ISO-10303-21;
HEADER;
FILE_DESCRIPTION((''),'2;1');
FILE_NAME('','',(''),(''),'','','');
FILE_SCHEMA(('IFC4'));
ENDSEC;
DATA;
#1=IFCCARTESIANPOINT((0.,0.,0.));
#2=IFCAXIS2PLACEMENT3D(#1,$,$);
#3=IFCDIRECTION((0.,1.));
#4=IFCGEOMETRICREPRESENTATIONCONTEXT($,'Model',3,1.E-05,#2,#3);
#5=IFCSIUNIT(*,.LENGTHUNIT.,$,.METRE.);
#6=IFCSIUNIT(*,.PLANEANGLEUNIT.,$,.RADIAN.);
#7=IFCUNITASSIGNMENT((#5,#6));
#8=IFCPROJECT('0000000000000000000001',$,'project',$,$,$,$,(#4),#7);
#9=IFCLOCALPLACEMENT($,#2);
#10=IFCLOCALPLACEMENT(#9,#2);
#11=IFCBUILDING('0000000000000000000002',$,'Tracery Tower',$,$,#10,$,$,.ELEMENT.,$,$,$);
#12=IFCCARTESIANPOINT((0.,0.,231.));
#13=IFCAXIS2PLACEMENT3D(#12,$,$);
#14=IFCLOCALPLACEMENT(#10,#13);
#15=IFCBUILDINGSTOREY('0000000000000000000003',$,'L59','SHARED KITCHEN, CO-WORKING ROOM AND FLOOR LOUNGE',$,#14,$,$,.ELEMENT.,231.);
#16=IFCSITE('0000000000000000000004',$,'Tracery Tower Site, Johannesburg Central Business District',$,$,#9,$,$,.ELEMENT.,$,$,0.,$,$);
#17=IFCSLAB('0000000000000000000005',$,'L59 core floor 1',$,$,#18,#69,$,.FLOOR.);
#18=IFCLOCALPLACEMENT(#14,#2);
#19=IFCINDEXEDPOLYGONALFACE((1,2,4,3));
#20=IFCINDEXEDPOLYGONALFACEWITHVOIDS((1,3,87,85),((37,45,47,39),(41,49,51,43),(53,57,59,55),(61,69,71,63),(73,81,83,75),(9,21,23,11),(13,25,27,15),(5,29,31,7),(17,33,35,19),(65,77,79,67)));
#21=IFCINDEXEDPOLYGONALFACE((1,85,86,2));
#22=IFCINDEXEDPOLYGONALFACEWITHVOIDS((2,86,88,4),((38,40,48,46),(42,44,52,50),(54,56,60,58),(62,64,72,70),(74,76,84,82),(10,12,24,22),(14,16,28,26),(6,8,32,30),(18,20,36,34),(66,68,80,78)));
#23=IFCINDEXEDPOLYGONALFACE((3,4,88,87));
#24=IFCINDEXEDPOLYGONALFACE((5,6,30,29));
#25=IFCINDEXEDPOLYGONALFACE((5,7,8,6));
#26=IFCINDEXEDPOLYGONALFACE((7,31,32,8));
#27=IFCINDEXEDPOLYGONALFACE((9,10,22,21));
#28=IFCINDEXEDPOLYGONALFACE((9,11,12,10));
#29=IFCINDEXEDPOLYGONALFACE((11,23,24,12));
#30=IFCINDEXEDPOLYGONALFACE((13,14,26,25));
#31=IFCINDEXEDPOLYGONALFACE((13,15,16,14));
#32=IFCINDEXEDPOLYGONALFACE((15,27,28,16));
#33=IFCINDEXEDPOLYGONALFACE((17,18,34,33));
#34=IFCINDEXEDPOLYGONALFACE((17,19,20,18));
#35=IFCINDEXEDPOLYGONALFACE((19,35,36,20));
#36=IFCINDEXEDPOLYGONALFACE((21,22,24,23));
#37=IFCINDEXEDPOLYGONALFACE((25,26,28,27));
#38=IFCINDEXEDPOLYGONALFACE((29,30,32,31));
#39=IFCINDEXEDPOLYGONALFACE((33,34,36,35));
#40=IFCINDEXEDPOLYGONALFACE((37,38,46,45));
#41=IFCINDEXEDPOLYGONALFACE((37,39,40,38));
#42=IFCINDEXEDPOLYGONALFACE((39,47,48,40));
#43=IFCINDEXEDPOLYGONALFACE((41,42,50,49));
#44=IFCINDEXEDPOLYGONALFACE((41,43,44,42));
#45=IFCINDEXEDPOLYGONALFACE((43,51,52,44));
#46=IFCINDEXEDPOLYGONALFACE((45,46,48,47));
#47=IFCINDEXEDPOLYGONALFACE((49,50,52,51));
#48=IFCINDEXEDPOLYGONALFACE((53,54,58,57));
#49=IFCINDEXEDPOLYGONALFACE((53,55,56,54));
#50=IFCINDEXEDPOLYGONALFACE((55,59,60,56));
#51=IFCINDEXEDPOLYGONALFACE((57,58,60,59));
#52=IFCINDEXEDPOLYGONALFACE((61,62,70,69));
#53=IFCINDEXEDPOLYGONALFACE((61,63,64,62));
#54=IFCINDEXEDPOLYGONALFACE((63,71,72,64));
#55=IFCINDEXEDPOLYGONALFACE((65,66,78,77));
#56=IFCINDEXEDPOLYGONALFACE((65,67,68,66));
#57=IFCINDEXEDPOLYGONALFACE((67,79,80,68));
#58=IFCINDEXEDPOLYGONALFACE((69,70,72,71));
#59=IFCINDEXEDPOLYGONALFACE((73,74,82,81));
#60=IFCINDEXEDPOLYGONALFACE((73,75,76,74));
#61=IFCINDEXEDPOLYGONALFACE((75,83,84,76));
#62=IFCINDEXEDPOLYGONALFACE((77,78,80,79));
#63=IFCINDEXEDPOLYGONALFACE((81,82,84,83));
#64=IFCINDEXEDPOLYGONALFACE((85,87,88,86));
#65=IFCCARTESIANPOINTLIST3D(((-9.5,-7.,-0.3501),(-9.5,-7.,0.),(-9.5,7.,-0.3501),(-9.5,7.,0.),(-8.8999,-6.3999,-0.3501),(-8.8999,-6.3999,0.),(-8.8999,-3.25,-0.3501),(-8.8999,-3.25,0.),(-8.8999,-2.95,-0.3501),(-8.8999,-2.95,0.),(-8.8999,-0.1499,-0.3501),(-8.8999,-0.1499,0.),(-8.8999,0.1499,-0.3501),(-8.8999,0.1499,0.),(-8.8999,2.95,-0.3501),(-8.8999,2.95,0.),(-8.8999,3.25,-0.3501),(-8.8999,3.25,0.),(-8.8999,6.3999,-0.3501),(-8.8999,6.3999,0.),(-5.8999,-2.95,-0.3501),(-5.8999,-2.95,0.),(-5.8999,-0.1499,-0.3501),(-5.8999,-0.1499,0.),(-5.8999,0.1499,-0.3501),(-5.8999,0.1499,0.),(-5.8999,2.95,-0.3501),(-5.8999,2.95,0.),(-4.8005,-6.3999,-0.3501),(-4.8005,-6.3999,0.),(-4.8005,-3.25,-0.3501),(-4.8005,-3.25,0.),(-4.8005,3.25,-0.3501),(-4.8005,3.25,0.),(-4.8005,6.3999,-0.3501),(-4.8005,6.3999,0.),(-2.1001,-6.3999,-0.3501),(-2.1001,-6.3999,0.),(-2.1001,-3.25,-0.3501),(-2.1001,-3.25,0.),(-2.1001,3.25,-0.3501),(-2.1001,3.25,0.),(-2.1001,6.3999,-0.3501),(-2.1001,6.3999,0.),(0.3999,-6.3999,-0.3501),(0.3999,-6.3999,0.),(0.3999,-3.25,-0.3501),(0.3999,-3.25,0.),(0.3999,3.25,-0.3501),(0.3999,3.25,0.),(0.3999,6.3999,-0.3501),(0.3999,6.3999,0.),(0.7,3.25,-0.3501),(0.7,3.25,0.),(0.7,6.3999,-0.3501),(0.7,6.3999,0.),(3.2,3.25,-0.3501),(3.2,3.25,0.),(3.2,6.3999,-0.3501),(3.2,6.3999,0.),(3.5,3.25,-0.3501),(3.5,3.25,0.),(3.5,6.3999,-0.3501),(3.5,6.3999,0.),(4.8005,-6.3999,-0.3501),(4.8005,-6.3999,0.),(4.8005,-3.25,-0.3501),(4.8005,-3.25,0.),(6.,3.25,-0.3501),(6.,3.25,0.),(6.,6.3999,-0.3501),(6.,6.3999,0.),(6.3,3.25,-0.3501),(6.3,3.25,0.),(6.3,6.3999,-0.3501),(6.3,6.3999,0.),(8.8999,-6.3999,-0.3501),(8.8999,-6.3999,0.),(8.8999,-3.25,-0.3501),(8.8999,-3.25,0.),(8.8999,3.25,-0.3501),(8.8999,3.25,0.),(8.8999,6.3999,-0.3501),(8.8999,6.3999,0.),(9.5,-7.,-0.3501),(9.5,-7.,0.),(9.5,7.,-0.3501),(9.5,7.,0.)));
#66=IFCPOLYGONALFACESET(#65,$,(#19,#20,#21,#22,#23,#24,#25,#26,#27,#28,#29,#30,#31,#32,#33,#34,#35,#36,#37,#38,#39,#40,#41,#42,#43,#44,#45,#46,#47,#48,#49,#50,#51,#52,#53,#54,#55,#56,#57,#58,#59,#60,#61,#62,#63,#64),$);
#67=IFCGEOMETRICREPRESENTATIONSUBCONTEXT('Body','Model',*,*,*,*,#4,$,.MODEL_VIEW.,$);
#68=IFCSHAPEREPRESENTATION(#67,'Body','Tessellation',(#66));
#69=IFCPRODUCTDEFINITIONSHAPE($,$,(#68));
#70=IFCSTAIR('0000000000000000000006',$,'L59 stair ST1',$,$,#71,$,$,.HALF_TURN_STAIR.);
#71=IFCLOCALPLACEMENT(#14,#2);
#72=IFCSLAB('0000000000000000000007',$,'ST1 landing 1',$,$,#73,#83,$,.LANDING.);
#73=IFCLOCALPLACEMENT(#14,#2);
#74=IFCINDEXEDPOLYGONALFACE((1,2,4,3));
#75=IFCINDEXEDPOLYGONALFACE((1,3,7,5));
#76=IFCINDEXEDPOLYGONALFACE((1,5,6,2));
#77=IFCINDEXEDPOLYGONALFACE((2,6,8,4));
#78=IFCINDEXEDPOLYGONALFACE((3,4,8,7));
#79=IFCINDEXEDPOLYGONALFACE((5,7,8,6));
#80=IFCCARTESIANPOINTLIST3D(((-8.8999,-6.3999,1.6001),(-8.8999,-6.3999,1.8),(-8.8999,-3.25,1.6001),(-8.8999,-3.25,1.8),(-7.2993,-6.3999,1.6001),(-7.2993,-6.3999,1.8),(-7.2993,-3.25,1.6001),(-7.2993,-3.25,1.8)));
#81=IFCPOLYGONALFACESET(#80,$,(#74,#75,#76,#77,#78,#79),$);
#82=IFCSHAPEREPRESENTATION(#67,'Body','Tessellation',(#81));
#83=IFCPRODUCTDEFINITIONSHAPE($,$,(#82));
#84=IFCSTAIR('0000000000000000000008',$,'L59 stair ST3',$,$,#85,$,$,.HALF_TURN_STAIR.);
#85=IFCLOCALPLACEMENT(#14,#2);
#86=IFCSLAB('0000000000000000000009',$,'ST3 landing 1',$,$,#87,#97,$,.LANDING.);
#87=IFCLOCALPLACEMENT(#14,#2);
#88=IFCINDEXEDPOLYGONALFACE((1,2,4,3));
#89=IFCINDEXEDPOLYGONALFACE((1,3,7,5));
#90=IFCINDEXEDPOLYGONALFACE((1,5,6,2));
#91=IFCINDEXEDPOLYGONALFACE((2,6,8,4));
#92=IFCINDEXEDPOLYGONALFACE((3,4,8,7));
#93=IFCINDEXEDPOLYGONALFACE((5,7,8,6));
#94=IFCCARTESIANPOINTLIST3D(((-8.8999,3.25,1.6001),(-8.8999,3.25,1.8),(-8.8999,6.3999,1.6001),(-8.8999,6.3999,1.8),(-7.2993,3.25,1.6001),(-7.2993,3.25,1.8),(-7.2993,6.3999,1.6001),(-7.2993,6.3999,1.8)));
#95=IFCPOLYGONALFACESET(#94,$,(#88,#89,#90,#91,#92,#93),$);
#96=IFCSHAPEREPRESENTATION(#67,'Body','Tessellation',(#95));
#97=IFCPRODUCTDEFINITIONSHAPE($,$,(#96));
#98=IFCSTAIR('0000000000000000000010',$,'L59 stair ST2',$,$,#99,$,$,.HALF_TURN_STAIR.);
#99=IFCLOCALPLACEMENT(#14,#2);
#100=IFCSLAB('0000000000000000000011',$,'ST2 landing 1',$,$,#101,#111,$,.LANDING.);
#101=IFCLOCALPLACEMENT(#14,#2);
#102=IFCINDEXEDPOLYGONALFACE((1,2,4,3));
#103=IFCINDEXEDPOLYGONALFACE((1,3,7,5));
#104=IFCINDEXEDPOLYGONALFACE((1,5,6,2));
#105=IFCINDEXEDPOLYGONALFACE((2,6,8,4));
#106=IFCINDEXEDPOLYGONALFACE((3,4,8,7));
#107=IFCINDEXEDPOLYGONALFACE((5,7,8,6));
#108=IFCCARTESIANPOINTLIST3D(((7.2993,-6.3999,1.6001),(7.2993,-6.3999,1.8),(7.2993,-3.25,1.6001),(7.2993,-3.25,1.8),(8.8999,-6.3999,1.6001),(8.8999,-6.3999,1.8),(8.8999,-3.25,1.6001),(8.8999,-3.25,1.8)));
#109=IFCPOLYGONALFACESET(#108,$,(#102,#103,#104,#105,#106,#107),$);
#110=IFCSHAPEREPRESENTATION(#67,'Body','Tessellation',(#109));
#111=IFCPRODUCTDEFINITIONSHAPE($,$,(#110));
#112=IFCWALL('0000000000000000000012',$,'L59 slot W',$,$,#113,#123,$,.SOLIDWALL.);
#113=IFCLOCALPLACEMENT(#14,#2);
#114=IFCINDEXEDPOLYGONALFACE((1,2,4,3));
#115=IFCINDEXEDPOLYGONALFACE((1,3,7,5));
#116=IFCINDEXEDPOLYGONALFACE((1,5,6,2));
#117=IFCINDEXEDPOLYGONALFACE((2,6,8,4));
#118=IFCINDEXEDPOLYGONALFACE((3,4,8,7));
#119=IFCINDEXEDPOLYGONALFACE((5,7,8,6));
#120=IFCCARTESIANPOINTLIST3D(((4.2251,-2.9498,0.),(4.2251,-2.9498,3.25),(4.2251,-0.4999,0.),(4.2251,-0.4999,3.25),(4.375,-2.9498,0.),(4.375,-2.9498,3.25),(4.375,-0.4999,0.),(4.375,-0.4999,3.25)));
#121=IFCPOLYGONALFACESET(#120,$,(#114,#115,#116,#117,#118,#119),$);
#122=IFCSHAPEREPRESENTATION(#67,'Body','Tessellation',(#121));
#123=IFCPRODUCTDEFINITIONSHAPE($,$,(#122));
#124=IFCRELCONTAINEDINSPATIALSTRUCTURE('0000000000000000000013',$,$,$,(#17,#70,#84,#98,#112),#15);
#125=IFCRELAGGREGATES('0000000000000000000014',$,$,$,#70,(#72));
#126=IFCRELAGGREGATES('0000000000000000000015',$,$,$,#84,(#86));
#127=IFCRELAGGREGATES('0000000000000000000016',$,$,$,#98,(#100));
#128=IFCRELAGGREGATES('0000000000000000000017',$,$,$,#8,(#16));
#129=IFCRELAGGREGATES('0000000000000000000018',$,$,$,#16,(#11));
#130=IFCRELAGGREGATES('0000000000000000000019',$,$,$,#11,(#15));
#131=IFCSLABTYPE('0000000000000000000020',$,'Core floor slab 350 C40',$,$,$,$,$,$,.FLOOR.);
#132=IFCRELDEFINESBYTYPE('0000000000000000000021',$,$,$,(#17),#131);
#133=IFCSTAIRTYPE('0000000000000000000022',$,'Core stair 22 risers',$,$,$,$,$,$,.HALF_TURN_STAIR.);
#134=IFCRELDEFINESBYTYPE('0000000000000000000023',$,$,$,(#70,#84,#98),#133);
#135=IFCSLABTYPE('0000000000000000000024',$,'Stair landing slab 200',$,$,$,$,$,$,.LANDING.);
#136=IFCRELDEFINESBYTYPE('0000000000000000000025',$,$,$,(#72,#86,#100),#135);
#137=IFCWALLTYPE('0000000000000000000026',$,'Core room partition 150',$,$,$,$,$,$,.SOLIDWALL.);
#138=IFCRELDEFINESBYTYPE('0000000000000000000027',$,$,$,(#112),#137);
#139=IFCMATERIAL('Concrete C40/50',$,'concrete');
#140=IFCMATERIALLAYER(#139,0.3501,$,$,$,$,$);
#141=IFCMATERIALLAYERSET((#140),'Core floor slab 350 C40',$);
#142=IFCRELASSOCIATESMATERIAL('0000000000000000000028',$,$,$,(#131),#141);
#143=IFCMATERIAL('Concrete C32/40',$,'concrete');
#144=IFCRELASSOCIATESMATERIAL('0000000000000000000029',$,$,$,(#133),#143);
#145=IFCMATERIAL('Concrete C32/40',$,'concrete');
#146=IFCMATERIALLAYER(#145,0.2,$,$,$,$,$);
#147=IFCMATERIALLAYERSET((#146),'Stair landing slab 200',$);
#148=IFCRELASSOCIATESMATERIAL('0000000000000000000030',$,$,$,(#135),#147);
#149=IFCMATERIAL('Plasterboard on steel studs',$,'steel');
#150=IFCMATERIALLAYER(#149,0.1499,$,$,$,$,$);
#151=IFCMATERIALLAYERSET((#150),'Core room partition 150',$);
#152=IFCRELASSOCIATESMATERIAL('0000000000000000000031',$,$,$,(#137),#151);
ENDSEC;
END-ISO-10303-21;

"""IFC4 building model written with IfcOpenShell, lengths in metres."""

from ifc_helpers import new_model, si_unit, direction, frame, frame_2d, origin, place, context, subcontext, project, spatial, polyline, rectangle, outline, extrude, material, layer, layer_set, type_object, element, aggregate, save


model = new_model("IFC4")

# Units and contexts
model_context = context("Model", 3, precision=1e-05, world=origin(), true_north=direction((0.0, 1.0)))
body_context = subcontext(model_context, "Body", "Model", "MODEL_VIEW")
ifc_project = project(units=[si_unit("LENGTHUNIT", "METRE"), si_unit("PLANEANGLEUNIT", "RADIAN")], contexts=[model_context])

# Site, building, storey
site_placement = place(None, origin())
site = spatial("IfcSite", under=ifc_project, at=site_placement, Name="Tracery Tower Site, Johannesburg Central Business District", CompositionType="ELEMENT", RefElevation=0.0)
building_placement = place(site_placement, origin())
building = spatial("IfcBuilding", under=site, at=building_placement, Name="Tracery Tower", CompositionType="ELEMENT")
storey_placement = place(building_placement, frame((0.0, 0.0, 231.0)))
storey = spatial("IfcBuildingStorey", under=building, at=storey_placement, Name="L59", Description="SHARED KITCHEN, CO-WORKING ROOM AND FLOOR LOUNGE", CompositionType="ELEMENT", Elevation=231.0)

# Slab
ifc_material_1 = material(Name="Concrete C40/50", Category="concrete")
ifc_layer_1 = layer(ifc_material_1, 0.3501)
ifc_layer_set_1 = layer_set([ifc_layer_1], Name="Core floor slab 350 C40")
slab_type_1 = type_object("IfcSlabType", Name="Core floor slab 350 C40", PredefinedType="FLOOR", material=ifc_layer_set_1)
slab_1_placement = place(storey_placement, frame((0.0, 0.0, -0.3501)))
element("IfcSlab", 1, at=slab_1_placement, inside=storey, type_object=slab_type_1, Name="L59 core floor 1", PredefinedType="FLOOR", context=body_context, shape_type="SweptSolid", body=[
    extrude(outline(polyline([(-9.5, 7.0), (9.5, 7.0), (9.5, -7.0), (-9.5, -7.0), (-9.5, 7.0)]), holes=[polyline([(8.8999, -6.3999), (8.8999, -3.25), (4.8005, -3.25), (4.8005, -6.3999), (8.8999, -6.3999)]), polyline([(8.8999, 3.25), (8.8999, 6.3999), (6.3, 6.3999), (6.3, 3.25), (8.8999, 3.25)]), polyline([(6.0, 3.25), (6.0, 6.3999), (3.5, 6.3999), (3.5, 3.25), (6.0, 3.25)]), polyline([(3.2, 6.3999), (0.7, 6.3999), (0.7, 3.25), (3.2, 3.25), (3.2, 6.3999)]), polyline([(0.3999, -3.25), (-2.1001, -3.25), (-2.1001, -6.3999), (0.3999, -6.3999), (0.3999, -3.25)]), polyline([(0.3999, 6.3999), (-2.1001, 6.3999), (-2.1001, 3.25), (0.3999, 3.25), (0.3999, 6.3999)]), polyline([(-8.8999, -3.25), (-8.8999, -6.3999), (-4.8005, -6.3999), (-4.8005, -3.25), (-8.8999, -3.25)]), polyline([(-8.8999, 6.3999), (-8.8999, 3.25), (-4.8005, 3.25), (-4.8005, 6.3999), (-8.8999, 6.3999)]), polyline([(-5.8999, -2.95), (-5.8999, -0.1499), (-8.8999, -0.1499), (-8.8999, -2.95), (-5.8999, -2.95)]), polyline([(-5.8999, 0.1499), (-5.8999, 2.95), (-8.8999, 2.95), (-8.8999, 0.1499), (-5.8999, 0.1499)])]), origin(), (0.0, 0.0, 1.0), 0.3501),
])

# Stairs, slabs
ifc_material_2 = material(Name="Concrete C32/40", Category="concrete")
stair_type = type_object("IfcStairType", Name="Core stair 22 risers", PredefinedType="HALF_TURN_STAIR", material=ifc_material_2)
stair_1_placement = place(storey_placement, origin())
stair_1 = element("IfcStair", 2, at=stair_1_placement, inside=storey, type_object=stair_type, Name="L59 stair ST1", PredefinedType="HALF_TURN_STAIR")
ifc_material_3 = material(Name="Concrete C32/40", Category="concrete")
ifc_layer_2 = layer(ifc_material_3, 0.2)
ifc_layer_set_2 = layer_set([ifc_layer_2], Name="Stair landing slab 200")
slab_type_2 = type_object("IfcSlabType", Name="Stair landing slab 200", PredefinedType="LANDING", material=ifc_layer_set_2)
slab_2_placement = place(storey_placement, frame((0.0, 0.0, 1.6001)))
slab_2 = element("IfcSlab", 3, at=slab_2_placement, type_object=slab_type_2, Name="ST1 landing 1", PredefinedType="LANDING", context=body_context, shape_type="SweptSolid", body=[
    extrude(outline(polyline([(-7.2993, -3.25), (-8.8999, -3.25), (-8.8999, -6.3999), (-7.2993, -6.3999), (-7.2993, -3.25)])), origin(), (0.0, 0.0, 1.0), 0.2),
])
aggregate(stair_1, [slab_2])
stair_2_placement = place(storey_placement, origin())
stair_2 = element("IfcStair", 4, at=stair_2_placement, inside=storey, type_object=stair_type, Name="L59 stair ST3", PredefinedType="HALF_TURN_STAIR")
slab_3_placement = place(storey_placement, frame((0.0, 0.0, 1.6001)))
slab_3 = element("IfcSlab", 5, at=slab_3_placement, type_object=slab_type_2, Name="ST3 landing 1", PredefinedType="LANDING", context=body_context, shape_type="SweptSolid", body=[
    extrude(outline(polyline([(-7.2993, 6.3999), (-8.8999, 6.3999), (-8.8999, 3.25), (-7.2993, 3.25), (-7.2993, 6.3999)])), origin(), (0.0, 0.0, 1.0), 0.2),
])
aggregate(stair_2, [slab_3])
stair_3_placement = place(storey_placement, origin())
stair_3 = element("IfcStair", 6, at=stair_3_placement, inside=storey, type_object=stair_type, Name="L59 stair ST2", PredefinedType="HALF_TURN_STAIR")
slab_4_placement = place(storey_placement, frame((0.0, 0.0, 1.6001)))
slab_4 = element("IfcSlab", 7, at=slab_4_placement, type_object=slab_type_2, Name="ST2 landing 1", PredefinedType="LANDING", context=body_context, shape_type="SweptSolid", body=[
    extrude(outline(polyline([(7.2993, -6.3999), (8.8999, -6.3999), (8.8999, -3.25), (7.2993, -3.25), (7.2993, -6.3999)])), origin(), (0.0, 0.0, 1.0), 0.2),
])

# Wall
ifc_material_4 = material(Name="Plasterboard on steel studs", Category="steel")
ifc_layer_3 = layer(ifc_material_4, 0.1499)
ifc_layer_set_3 = layer_set([ifc_layer_3], Name="Core room partition 150")
wall_type_1 = type_object("IfcWallType", Name="Core room partition 150", PredefinedType="SOLIDWALL", material=ifc_layer_set_3)
wall_1_placement = place(storey_placement, frame((4.3, -2.95, 0.0), z_axis=(0.0, 0.0, 1.0), x_axis=(0.0, 1.0, 0.0)))
element("IfcWall", 8, at=wall_1_placement, inside=storey, type_object=wall_type_1, Name="L59 slot W", PredefinedType="SOLIDWALL", context=body_context, shape_type="SweptSolid", body=[
    extrude(rectangle(XDim=2.45, YDim=0.1499, at=frame_2d((1.2251, 0.0))), origin(), (0.0, 0.0, 1.0), 3.25),
])

aggregate(stair_3, [slab_4])

save(model, "model.ifc")
